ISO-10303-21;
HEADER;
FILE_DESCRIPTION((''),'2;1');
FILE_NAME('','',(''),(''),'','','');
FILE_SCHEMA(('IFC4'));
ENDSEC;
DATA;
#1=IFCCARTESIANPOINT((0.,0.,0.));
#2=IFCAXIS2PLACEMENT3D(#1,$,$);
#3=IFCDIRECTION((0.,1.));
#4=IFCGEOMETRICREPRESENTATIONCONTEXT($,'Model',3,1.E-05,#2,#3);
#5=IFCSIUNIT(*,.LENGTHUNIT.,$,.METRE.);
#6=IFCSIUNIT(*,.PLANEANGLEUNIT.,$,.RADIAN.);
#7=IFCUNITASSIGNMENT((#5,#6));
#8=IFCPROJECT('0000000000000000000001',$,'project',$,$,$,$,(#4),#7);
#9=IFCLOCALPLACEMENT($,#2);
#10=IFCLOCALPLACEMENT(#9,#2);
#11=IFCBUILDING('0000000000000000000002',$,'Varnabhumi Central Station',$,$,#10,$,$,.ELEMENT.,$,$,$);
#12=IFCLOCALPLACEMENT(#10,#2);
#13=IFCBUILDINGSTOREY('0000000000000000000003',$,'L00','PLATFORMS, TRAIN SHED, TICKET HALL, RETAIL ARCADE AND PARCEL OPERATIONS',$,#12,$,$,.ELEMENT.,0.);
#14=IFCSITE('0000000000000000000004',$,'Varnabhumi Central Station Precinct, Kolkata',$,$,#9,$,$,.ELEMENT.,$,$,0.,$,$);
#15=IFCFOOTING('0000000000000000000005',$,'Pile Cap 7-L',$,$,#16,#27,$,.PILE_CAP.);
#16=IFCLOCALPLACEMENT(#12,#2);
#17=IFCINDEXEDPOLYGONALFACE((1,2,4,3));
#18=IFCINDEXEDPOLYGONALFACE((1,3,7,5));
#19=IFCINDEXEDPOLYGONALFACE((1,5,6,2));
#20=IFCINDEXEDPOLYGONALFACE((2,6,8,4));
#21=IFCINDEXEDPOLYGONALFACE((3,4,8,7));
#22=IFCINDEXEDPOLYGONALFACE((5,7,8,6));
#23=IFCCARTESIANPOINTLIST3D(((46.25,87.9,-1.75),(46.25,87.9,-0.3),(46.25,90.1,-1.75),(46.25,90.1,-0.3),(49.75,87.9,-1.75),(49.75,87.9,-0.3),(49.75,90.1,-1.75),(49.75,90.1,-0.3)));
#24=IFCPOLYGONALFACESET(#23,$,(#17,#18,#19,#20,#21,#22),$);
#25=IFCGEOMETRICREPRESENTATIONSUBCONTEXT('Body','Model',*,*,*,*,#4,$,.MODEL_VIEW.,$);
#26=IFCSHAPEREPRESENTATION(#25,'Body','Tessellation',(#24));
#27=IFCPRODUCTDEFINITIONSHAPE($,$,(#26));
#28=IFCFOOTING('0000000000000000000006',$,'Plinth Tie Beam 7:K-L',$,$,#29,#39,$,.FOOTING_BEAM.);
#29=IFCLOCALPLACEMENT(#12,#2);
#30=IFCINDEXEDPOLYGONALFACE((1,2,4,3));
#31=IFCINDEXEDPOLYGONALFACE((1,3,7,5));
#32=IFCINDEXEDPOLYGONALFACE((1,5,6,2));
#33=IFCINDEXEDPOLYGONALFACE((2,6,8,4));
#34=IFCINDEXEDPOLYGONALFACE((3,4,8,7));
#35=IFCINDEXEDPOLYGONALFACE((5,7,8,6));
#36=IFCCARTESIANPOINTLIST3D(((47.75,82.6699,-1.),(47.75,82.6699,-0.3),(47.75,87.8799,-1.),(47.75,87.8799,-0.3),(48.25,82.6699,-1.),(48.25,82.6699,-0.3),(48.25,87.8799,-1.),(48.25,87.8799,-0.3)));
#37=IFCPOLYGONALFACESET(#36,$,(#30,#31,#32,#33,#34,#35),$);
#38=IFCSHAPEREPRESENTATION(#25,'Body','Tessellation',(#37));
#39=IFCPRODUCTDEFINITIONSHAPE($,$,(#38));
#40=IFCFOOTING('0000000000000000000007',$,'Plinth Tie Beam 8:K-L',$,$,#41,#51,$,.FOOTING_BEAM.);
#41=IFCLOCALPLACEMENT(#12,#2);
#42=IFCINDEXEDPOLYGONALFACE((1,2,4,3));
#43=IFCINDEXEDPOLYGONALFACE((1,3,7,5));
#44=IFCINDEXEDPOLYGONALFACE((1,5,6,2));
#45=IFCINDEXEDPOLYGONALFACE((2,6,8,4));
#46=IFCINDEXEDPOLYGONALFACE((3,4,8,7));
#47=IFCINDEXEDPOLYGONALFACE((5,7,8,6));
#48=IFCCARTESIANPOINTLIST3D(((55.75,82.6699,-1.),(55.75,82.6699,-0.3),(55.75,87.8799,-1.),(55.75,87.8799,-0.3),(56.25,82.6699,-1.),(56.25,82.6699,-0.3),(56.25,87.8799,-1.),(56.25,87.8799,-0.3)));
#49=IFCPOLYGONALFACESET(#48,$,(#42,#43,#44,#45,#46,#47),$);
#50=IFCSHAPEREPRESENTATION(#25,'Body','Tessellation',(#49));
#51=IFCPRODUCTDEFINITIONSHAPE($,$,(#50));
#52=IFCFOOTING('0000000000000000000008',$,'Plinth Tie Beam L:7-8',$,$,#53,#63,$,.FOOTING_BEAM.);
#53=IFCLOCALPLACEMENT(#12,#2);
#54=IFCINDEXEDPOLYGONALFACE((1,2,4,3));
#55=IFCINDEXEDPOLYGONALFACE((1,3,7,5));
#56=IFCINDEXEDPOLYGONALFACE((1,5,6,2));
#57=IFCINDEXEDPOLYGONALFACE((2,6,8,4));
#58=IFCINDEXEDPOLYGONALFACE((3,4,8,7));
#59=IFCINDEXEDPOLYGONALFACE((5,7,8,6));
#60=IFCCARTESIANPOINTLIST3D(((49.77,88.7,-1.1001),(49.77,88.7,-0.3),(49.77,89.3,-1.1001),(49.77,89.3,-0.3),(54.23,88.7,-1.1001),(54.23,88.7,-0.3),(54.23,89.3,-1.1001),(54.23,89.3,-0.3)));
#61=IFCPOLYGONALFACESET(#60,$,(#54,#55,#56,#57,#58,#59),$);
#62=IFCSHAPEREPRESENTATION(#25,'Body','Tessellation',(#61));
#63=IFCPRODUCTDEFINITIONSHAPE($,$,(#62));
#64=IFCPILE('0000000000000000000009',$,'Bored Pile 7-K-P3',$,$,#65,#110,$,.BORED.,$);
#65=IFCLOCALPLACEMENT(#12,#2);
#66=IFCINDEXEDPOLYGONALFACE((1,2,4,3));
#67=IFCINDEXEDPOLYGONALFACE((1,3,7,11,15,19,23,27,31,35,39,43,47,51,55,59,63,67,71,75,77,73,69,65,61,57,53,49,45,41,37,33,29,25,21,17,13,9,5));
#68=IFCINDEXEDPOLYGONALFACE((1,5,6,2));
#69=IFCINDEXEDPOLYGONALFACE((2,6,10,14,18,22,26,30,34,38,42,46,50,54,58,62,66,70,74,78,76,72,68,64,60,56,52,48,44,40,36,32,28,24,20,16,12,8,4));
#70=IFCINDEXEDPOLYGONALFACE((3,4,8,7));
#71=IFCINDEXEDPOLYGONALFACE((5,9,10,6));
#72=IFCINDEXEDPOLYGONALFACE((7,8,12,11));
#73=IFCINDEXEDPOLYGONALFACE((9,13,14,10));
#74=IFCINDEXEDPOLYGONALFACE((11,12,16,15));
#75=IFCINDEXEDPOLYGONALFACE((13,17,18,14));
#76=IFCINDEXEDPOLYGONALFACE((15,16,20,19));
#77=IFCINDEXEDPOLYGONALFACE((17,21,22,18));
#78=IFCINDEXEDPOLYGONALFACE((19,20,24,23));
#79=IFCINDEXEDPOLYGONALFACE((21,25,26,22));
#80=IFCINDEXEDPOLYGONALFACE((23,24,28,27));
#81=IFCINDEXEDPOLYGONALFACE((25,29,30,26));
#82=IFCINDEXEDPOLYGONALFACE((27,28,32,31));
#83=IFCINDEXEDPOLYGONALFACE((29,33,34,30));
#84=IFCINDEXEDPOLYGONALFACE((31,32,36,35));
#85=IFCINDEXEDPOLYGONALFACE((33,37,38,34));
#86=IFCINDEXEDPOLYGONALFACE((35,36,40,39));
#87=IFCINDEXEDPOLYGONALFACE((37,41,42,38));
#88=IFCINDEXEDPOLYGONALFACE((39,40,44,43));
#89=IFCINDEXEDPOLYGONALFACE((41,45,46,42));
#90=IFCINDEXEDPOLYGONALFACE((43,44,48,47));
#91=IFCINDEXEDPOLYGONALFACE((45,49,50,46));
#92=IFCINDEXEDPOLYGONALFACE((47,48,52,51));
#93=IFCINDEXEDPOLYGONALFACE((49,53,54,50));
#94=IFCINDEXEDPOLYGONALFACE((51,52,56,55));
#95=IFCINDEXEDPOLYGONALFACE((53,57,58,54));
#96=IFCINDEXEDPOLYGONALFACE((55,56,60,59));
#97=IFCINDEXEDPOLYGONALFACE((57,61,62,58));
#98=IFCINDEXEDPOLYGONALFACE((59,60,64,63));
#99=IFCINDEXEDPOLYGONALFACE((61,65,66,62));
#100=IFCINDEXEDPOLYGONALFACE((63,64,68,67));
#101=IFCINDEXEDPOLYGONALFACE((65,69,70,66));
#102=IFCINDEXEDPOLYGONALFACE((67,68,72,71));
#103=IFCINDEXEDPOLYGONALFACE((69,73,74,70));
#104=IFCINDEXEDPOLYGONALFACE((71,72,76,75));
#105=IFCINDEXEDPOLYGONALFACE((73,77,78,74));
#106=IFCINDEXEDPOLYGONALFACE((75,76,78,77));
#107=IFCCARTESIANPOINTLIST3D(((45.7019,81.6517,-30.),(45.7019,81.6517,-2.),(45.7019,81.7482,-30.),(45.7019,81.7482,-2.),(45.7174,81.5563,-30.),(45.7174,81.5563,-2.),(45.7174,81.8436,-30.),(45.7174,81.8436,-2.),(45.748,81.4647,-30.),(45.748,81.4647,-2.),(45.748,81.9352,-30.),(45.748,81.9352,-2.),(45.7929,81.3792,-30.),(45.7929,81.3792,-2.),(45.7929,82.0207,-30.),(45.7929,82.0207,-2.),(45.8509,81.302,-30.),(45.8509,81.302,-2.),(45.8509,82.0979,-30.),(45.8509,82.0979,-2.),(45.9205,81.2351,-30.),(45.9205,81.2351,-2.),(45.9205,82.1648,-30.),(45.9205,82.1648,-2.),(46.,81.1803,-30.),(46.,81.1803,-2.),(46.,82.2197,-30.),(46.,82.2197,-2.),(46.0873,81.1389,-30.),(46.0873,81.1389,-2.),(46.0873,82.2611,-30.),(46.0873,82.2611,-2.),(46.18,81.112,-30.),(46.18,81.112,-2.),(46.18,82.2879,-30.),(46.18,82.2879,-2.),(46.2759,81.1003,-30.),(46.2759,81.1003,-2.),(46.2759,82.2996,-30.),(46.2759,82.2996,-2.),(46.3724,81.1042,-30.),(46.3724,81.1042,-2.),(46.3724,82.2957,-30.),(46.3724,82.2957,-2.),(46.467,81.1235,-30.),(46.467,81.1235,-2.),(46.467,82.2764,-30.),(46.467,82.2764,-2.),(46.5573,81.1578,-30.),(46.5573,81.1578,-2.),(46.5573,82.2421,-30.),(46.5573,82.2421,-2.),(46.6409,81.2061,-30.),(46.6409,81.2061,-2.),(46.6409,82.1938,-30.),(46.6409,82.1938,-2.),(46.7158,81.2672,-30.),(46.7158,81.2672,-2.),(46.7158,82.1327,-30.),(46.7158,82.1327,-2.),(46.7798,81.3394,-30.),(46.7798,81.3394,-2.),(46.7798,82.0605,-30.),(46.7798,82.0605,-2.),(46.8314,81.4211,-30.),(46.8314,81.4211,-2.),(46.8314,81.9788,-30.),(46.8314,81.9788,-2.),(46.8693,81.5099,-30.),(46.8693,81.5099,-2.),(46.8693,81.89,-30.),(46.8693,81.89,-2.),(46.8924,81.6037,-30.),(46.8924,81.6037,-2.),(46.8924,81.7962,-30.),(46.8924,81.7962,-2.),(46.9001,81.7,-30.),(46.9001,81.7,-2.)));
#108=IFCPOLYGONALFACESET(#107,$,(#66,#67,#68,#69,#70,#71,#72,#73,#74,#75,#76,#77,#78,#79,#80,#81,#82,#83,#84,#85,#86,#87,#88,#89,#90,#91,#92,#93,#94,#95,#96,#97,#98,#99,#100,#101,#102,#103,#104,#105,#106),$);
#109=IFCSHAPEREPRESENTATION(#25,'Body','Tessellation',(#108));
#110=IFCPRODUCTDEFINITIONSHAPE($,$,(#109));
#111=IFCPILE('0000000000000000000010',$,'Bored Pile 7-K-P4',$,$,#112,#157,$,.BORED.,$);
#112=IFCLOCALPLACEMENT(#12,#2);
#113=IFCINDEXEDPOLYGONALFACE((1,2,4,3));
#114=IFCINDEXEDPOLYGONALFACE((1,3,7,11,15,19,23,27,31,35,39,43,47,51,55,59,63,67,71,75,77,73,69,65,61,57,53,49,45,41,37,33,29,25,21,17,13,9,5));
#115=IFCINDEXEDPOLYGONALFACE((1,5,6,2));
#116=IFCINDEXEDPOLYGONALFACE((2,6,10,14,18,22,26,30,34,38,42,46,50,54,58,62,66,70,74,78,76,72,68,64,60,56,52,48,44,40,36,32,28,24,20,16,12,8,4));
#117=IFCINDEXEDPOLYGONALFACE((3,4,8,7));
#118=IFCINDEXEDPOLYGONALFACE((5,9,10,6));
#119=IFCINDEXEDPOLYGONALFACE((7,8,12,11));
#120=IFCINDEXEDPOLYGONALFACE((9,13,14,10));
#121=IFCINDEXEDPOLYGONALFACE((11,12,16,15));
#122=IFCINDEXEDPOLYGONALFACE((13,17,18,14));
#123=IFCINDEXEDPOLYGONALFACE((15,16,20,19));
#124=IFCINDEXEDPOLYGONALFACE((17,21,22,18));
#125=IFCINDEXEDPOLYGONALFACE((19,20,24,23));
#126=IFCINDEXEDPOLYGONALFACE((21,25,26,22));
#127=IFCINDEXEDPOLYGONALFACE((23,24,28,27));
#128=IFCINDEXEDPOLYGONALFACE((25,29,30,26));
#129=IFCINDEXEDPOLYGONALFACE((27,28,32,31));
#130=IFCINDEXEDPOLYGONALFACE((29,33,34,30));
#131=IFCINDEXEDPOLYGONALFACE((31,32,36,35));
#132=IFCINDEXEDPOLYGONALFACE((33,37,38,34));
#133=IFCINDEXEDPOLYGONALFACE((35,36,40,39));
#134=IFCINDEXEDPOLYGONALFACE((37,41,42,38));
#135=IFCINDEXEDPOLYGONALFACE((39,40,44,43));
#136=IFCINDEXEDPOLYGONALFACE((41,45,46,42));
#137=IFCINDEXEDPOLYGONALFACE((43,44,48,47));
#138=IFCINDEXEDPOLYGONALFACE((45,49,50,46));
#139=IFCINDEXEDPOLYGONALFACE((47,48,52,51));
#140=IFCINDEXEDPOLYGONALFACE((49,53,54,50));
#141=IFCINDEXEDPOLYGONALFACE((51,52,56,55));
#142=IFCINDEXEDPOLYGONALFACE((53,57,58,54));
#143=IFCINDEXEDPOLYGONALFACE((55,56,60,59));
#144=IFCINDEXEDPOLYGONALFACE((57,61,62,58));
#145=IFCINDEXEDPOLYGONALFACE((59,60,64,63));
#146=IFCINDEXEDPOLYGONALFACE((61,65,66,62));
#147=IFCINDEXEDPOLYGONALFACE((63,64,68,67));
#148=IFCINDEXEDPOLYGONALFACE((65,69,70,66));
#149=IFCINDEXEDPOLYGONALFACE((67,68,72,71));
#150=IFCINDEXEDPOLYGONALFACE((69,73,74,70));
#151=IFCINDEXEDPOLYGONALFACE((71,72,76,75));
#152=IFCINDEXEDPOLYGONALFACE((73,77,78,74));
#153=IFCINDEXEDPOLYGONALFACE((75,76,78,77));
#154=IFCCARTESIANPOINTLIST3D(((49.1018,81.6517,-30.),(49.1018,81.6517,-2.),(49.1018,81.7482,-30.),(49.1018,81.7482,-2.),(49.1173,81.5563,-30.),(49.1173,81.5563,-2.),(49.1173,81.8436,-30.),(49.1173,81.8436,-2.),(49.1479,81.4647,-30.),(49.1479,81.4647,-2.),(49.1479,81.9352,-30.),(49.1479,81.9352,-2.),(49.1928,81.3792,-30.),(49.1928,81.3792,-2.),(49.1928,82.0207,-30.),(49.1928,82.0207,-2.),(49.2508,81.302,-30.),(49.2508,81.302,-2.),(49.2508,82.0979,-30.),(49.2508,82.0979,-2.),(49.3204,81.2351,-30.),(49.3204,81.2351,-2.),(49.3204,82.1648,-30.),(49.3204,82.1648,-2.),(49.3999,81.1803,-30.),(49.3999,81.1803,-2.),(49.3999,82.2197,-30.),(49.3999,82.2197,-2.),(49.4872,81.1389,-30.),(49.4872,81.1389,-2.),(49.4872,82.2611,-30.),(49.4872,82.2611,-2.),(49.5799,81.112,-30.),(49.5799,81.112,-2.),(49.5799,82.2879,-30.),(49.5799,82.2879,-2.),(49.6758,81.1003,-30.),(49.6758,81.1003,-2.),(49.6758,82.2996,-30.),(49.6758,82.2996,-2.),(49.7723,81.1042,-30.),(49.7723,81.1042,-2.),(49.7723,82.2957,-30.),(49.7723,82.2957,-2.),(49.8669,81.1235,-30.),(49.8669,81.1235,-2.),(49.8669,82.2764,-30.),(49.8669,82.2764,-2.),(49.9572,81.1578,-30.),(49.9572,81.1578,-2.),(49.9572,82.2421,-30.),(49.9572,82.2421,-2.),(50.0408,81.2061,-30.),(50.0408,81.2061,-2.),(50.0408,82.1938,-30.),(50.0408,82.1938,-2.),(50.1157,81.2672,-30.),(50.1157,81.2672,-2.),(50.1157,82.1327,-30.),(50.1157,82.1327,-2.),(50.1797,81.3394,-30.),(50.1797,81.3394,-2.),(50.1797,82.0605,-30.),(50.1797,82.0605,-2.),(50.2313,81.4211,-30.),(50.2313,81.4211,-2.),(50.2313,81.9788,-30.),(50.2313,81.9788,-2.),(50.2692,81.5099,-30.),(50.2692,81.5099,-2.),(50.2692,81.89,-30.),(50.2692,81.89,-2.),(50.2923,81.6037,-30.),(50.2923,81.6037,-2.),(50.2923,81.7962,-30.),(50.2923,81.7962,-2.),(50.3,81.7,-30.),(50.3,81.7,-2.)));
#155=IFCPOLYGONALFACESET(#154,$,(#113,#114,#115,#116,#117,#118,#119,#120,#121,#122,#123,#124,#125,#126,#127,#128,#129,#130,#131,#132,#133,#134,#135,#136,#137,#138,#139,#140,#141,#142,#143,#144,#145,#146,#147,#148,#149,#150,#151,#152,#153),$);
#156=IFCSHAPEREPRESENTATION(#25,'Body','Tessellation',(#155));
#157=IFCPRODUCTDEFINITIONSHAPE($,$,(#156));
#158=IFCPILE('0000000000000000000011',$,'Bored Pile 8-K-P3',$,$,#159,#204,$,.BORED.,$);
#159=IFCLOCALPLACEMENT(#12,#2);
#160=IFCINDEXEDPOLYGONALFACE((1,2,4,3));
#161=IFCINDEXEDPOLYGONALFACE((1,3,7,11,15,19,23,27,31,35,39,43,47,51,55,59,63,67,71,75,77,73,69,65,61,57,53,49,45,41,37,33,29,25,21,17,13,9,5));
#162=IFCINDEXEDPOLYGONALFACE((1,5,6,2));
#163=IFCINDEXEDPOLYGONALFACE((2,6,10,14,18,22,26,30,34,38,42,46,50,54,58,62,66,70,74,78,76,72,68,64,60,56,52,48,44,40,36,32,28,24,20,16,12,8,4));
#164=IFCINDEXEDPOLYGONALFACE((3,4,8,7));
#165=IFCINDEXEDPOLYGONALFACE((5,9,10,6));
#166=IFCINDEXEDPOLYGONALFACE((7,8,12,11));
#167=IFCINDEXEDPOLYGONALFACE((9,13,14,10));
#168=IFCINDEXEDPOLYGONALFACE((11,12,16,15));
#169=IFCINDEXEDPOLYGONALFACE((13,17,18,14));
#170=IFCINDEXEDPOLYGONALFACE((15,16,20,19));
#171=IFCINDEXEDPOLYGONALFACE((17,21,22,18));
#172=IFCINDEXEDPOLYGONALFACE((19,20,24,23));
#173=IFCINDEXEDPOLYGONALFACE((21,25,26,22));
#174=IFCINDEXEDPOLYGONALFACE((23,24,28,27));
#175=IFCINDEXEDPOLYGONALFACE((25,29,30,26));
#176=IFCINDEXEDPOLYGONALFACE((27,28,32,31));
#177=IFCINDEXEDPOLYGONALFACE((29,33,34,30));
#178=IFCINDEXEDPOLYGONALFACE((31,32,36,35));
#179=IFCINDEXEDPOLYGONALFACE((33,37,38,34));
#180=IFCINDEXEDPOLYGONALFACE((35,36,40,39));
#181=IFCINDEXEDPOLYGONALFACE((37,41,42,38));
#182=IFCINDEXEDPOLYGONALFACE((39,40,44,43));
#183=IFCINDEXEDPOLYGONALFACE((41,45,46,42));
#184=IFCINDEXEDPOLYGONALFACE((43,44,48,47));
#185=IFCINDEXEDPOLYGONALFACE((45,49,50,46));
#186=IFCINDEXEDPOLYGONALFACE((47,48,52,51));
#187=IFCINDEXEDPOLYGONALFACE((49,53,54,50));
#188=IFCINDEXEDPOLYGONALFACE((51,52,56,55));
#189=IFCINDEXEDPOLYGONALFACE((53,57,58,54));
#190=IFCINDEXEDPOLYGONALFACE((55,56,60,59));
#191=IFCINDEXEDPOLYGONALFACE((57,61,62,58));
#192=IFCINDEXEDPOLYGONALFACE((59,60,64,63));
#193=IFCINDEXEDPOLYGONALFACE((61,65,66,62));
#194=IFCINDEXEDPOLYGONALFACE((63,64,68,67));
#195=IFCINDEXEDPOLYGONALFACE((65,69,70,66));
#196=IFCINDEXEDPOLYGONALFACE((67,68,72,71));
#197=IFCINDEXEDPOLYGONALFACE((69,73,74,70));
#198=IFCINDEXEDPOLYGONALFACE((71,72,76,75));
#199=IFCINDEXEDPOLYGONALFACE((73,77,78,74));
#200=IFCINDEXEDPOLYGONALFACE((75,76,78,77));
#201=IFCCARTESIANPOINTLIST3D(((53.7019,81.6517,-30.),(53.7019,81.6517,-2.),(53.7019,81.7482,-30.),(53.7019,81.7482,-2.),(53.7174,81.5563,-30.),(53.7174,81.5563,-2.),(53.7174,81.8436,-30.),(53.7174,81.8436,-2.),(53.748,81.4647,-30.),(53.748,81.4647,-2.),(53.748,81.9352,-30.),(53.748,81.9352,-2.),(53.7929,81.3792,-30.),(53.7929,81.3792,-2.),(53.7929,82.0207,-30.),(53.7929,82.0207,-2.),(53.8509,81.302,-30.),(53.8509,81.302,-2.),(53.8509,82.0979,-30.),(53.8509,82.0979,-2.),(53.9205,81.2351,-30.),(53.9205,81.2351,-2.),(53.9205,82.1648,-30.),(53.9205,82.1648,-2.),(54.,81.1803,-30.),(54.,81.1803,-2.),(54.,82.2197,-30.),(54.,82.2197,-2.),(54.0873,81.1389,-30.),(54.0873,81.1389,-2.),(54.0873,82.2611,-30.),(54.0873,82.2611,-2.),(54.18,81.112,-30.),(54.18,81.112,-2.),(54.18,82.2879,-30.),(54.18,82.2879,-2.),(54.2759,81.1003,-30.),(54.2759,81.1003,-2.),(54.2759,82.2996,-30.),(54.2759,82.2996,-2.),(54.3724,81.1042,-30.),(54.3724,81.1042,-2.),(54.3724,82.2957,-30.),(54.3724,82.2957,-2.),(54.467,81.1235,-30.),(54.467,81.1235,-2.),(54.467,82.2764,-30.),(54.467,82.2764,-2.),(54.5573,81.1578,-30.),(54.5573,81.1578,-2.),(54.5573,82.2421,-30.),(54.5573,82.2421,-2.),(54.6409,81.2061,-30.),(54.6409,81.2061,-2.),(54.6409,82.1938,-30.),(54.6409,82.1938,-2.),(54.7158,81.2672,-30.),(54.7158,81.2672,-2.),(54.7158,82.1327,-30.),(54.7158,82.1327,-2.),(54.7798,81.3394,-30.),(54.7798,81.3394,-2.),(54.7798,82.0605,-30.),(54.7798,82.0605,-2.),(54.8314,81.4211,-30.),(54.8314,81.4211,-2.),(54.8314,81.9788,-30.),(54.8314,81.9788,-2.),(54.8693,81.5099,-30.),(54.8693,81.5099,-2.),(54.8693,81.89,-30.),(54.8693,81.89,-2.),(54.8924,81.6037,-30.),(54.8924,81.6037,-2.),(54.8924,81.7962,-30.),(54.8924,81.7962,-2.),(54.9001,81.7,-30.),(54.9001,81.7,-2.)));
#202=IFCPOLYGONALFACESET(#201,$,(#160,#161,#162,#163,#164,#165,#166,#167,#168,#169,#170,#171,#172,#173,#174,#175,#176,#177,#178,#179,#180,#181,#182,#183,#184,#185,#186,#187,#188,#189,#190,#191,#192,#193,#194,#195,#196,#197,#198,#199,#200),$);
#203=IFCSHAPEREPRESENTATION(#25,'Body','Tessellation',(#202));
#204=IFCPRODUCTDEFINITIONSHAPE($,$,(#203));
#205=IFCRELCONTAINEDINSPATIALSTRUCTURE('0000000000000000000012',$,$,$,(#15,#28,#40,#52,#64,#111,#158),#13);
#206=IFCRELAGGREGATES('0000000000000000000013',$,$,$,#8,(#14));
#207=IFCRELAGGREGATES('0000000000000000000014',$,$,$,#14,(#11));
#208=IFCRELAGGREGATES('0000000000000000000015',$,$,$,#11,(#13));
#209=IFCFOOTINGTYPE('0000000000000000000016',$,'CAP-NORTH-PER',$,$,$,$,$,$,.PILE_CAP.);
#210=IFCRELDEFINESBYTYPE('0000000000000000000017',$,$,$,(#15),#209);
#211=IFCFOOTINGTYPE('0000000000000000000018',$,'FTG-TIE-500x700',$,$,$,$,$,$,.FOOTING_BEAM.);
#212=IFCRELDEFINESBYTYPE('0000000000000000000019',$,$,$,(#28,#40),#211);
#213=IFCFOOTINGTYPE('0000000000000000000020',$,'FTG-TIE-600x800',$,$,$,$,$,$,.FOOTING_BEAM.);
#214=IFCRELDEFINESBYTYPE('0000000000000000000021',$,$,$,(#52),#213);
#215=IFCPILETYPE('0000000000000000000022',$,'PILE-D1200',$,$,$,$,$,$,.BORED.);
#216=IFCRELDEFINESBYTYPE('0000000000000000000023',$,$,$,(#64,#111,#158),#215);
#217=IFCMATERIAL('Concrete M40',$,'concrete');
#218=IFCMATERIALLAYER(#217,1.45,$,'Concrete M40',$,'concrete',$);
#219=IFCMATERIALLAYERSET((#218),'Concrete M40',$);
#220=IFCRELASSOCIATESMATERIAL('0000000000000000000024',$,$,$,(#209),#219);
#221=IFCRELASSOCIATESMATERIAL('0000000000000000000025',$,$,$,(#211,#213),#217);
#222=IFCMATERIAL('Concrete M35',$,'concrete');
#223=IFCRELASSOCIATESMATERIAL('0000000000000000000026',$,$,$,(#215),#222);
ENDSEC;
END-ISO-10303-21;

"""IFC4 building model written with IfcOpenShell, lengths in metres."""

from ifc_helpers import new_model, si_unit, direction, frame, origin, origin_2d, place, context, subcontext, project, spatial, rectangle, circle, extrude, material, layer, layer_set, material_profile, profile_set, type_object, element, save


model = new_model("IFC4")

# Units and contexts
model_context = context("Model", 3, precision=1e-05, world=origin(), true_north=direction((0.0, 1.0)))
body_context = subcontext(model_context, "Body", "Model", "MODEL_VIEW")
ifc_project = project(units=[si_unit("LENGTHUNIT", "METRE"), si_unit("PLANEANGLEUNIT", "RADIAN")], contexts=[model_context])

# Site, building, storey
site_placement = place(None, origin())
site = spatial("IfcSite", under=ifc_project, at=site_placement, Name="Varnabhumi Central Station Precinct, Kolkata", CompositionType="ELEMENT", RefElevation=0.0)
building_placement = place(site_placement, origin())
building = spatial("IfcBuilding", under=site, at=building_placement, Name="Varnabhumi Central Station", CompositionType="ELEMENT")
storey_placement = place(building_placement, origin())
storey = spatial("IfcBuildingStorey", under=building, at=storey_placement, Name="L00", Description="PLATFORMS, TRAIN SHED, TICKET HALL, RETAIL ARCADE AND PARCEL OPERATIONS", CompositionType="ELEMENT", Elevation=0.0)

# Footings
ifc_material_1 = material(Name="Concrete M40", Category="concrete")
ifc_layer_1 = layer(ifc_material_1, 1.45, Name="Concrete M40", Category="concrete")
ifc_layer_set_1 = layer_set([ifc_layer_1], Name="Concrete M40")
footing_type_1 = type_object("IfcFootingType", Name="CAP-NORTH-PER", PredefinedType="PILE_CAP", material=ifc_layer_set_1)
footing_1_placement = place(storey_placement, frame((48.0, 89.0, -1.75), z_axis=(0.0, 0.0, 1.0), x_axis=(1.0, 0.0, 0.0)))
element("IfcFooting", 1, at=footing_1_placement, inside=storey, type_object=footing_type_1, Name="Pile Cap 7-L", PredefinedType="PILE_CAP", context=body_context, shape_type="SweptSolid", body=[
    extrude(rectangle(XDim=3.5, YDim=2.2, at=origin_2d()), origin(), (0.0, 0.0, 1.0), 1.45),
])
footing_type_2 = type_object("IfcFootingType", Name="FTG-TIE-500x700", PredefinedType="FOOTING_BEAM", material=ifc_material_1)
for number, where, z_axis, x_axis, name in (
    (2, (48.0, 85.2749, -1.0), (0.0, 0.0, 1.0), (1.0, 0.0, 0.0), "Plinth Tie Beam 7:K-L"),
    (3, (56.0, 85.2749, -1.0), (0.0, 0.0, 1.0), (1.0, 0.0, 0.0), "Plinth Tie Beam 8:K-L"),
):
    element("IfcFooting", number, at=place(storey_placement, frame(where, z_axis=z_axis, x_axis=x_axis)), inside=storey, type_object=footing_type_2, Name=name, PredefinedType="FOOTING_BEAM", context=body_context, shape_type="SweptSolid", body=[
        extrude(rectangle(XDim=0.5, YDim=5.21, at=origin_2d()), origin(), (0.0, 0.0, 1.0), 0.7),
    ])
footing_type_3 = type_object("IfcFootingType", Name="FTG-TIE-600x800", PredefinedType="FOOTING_BEAM", material=ifc_material_1)
footing_2_placement = place(storey_placement, frame((52.0, 89.0, -1.1001), z_axis=(0.0, 0.0, 1.0), x_axis=(1.0, 0.0, 0.0)))
element("IfcFooting", 4, at=footing_2_placement, inside=storey, type_object=footing_type_3, Name="Plinth Tie Beam L:7-8", PredefinedType="FOOTING_BEAM", context=body_context, shape_type="SweptSolid", body=[
    extrude(rectangle(XDim=4.46, YDim=0.6001, at=origin_2d()), origin(), (0.0, 0.0, 1.0), 0.8),
])

# Piles
ifc_material_2 = material(Name="Concrete M35", Category="concrete")
ifc_material_profile_1 = material_profile(ifc_material_2, circle(Radius=0.6001, at=origin_2d()), Name="Concrete M35", Category="concrete")
ifc_profile_set_1 = profile_set([ifc_material_profile_1], Name="Concrete M35")
pile_type_1 = type_object("IfcPileType", Name="PILE-D1200", PredefinedType="BORED", material=ifc_profile_set_1)
for number, where, z_axis, x_axis, name in (
    (5, (46.3, 81.7, -2.0), (0.0, 0.0, -1.0), (1.0, 0.0, 0.0), "Bored Pile 7-K-P3"),
    (6, (49.7, 81.7, -2.0), (0.0, 0.0, -1.0), (1.0, 0.0, 0.0), "Bored Pile 7-K-P4"),
    (7, (54.3, 81.7, -2.0), (0.0, 0.0, -1.0), (1.0, 0.0, 0.0), "Bored Pile 8-K-P3"),
):
    element("IfcPile", number, at=place(storey_placement, frame(where, z_axis=z_axis, x_axis=x_axis)), inside=storey, type_object=pile_type_1, Name=name, PredefinedType="BORED", context=body_context, shape_type="SweptSolid", body=[
        extrude(circle(Radius=0.6001, at=origin_2d()), origin(), (0.0, 0.0, 1.0), 28.0),
    ])

save(model, "model.ifc")
